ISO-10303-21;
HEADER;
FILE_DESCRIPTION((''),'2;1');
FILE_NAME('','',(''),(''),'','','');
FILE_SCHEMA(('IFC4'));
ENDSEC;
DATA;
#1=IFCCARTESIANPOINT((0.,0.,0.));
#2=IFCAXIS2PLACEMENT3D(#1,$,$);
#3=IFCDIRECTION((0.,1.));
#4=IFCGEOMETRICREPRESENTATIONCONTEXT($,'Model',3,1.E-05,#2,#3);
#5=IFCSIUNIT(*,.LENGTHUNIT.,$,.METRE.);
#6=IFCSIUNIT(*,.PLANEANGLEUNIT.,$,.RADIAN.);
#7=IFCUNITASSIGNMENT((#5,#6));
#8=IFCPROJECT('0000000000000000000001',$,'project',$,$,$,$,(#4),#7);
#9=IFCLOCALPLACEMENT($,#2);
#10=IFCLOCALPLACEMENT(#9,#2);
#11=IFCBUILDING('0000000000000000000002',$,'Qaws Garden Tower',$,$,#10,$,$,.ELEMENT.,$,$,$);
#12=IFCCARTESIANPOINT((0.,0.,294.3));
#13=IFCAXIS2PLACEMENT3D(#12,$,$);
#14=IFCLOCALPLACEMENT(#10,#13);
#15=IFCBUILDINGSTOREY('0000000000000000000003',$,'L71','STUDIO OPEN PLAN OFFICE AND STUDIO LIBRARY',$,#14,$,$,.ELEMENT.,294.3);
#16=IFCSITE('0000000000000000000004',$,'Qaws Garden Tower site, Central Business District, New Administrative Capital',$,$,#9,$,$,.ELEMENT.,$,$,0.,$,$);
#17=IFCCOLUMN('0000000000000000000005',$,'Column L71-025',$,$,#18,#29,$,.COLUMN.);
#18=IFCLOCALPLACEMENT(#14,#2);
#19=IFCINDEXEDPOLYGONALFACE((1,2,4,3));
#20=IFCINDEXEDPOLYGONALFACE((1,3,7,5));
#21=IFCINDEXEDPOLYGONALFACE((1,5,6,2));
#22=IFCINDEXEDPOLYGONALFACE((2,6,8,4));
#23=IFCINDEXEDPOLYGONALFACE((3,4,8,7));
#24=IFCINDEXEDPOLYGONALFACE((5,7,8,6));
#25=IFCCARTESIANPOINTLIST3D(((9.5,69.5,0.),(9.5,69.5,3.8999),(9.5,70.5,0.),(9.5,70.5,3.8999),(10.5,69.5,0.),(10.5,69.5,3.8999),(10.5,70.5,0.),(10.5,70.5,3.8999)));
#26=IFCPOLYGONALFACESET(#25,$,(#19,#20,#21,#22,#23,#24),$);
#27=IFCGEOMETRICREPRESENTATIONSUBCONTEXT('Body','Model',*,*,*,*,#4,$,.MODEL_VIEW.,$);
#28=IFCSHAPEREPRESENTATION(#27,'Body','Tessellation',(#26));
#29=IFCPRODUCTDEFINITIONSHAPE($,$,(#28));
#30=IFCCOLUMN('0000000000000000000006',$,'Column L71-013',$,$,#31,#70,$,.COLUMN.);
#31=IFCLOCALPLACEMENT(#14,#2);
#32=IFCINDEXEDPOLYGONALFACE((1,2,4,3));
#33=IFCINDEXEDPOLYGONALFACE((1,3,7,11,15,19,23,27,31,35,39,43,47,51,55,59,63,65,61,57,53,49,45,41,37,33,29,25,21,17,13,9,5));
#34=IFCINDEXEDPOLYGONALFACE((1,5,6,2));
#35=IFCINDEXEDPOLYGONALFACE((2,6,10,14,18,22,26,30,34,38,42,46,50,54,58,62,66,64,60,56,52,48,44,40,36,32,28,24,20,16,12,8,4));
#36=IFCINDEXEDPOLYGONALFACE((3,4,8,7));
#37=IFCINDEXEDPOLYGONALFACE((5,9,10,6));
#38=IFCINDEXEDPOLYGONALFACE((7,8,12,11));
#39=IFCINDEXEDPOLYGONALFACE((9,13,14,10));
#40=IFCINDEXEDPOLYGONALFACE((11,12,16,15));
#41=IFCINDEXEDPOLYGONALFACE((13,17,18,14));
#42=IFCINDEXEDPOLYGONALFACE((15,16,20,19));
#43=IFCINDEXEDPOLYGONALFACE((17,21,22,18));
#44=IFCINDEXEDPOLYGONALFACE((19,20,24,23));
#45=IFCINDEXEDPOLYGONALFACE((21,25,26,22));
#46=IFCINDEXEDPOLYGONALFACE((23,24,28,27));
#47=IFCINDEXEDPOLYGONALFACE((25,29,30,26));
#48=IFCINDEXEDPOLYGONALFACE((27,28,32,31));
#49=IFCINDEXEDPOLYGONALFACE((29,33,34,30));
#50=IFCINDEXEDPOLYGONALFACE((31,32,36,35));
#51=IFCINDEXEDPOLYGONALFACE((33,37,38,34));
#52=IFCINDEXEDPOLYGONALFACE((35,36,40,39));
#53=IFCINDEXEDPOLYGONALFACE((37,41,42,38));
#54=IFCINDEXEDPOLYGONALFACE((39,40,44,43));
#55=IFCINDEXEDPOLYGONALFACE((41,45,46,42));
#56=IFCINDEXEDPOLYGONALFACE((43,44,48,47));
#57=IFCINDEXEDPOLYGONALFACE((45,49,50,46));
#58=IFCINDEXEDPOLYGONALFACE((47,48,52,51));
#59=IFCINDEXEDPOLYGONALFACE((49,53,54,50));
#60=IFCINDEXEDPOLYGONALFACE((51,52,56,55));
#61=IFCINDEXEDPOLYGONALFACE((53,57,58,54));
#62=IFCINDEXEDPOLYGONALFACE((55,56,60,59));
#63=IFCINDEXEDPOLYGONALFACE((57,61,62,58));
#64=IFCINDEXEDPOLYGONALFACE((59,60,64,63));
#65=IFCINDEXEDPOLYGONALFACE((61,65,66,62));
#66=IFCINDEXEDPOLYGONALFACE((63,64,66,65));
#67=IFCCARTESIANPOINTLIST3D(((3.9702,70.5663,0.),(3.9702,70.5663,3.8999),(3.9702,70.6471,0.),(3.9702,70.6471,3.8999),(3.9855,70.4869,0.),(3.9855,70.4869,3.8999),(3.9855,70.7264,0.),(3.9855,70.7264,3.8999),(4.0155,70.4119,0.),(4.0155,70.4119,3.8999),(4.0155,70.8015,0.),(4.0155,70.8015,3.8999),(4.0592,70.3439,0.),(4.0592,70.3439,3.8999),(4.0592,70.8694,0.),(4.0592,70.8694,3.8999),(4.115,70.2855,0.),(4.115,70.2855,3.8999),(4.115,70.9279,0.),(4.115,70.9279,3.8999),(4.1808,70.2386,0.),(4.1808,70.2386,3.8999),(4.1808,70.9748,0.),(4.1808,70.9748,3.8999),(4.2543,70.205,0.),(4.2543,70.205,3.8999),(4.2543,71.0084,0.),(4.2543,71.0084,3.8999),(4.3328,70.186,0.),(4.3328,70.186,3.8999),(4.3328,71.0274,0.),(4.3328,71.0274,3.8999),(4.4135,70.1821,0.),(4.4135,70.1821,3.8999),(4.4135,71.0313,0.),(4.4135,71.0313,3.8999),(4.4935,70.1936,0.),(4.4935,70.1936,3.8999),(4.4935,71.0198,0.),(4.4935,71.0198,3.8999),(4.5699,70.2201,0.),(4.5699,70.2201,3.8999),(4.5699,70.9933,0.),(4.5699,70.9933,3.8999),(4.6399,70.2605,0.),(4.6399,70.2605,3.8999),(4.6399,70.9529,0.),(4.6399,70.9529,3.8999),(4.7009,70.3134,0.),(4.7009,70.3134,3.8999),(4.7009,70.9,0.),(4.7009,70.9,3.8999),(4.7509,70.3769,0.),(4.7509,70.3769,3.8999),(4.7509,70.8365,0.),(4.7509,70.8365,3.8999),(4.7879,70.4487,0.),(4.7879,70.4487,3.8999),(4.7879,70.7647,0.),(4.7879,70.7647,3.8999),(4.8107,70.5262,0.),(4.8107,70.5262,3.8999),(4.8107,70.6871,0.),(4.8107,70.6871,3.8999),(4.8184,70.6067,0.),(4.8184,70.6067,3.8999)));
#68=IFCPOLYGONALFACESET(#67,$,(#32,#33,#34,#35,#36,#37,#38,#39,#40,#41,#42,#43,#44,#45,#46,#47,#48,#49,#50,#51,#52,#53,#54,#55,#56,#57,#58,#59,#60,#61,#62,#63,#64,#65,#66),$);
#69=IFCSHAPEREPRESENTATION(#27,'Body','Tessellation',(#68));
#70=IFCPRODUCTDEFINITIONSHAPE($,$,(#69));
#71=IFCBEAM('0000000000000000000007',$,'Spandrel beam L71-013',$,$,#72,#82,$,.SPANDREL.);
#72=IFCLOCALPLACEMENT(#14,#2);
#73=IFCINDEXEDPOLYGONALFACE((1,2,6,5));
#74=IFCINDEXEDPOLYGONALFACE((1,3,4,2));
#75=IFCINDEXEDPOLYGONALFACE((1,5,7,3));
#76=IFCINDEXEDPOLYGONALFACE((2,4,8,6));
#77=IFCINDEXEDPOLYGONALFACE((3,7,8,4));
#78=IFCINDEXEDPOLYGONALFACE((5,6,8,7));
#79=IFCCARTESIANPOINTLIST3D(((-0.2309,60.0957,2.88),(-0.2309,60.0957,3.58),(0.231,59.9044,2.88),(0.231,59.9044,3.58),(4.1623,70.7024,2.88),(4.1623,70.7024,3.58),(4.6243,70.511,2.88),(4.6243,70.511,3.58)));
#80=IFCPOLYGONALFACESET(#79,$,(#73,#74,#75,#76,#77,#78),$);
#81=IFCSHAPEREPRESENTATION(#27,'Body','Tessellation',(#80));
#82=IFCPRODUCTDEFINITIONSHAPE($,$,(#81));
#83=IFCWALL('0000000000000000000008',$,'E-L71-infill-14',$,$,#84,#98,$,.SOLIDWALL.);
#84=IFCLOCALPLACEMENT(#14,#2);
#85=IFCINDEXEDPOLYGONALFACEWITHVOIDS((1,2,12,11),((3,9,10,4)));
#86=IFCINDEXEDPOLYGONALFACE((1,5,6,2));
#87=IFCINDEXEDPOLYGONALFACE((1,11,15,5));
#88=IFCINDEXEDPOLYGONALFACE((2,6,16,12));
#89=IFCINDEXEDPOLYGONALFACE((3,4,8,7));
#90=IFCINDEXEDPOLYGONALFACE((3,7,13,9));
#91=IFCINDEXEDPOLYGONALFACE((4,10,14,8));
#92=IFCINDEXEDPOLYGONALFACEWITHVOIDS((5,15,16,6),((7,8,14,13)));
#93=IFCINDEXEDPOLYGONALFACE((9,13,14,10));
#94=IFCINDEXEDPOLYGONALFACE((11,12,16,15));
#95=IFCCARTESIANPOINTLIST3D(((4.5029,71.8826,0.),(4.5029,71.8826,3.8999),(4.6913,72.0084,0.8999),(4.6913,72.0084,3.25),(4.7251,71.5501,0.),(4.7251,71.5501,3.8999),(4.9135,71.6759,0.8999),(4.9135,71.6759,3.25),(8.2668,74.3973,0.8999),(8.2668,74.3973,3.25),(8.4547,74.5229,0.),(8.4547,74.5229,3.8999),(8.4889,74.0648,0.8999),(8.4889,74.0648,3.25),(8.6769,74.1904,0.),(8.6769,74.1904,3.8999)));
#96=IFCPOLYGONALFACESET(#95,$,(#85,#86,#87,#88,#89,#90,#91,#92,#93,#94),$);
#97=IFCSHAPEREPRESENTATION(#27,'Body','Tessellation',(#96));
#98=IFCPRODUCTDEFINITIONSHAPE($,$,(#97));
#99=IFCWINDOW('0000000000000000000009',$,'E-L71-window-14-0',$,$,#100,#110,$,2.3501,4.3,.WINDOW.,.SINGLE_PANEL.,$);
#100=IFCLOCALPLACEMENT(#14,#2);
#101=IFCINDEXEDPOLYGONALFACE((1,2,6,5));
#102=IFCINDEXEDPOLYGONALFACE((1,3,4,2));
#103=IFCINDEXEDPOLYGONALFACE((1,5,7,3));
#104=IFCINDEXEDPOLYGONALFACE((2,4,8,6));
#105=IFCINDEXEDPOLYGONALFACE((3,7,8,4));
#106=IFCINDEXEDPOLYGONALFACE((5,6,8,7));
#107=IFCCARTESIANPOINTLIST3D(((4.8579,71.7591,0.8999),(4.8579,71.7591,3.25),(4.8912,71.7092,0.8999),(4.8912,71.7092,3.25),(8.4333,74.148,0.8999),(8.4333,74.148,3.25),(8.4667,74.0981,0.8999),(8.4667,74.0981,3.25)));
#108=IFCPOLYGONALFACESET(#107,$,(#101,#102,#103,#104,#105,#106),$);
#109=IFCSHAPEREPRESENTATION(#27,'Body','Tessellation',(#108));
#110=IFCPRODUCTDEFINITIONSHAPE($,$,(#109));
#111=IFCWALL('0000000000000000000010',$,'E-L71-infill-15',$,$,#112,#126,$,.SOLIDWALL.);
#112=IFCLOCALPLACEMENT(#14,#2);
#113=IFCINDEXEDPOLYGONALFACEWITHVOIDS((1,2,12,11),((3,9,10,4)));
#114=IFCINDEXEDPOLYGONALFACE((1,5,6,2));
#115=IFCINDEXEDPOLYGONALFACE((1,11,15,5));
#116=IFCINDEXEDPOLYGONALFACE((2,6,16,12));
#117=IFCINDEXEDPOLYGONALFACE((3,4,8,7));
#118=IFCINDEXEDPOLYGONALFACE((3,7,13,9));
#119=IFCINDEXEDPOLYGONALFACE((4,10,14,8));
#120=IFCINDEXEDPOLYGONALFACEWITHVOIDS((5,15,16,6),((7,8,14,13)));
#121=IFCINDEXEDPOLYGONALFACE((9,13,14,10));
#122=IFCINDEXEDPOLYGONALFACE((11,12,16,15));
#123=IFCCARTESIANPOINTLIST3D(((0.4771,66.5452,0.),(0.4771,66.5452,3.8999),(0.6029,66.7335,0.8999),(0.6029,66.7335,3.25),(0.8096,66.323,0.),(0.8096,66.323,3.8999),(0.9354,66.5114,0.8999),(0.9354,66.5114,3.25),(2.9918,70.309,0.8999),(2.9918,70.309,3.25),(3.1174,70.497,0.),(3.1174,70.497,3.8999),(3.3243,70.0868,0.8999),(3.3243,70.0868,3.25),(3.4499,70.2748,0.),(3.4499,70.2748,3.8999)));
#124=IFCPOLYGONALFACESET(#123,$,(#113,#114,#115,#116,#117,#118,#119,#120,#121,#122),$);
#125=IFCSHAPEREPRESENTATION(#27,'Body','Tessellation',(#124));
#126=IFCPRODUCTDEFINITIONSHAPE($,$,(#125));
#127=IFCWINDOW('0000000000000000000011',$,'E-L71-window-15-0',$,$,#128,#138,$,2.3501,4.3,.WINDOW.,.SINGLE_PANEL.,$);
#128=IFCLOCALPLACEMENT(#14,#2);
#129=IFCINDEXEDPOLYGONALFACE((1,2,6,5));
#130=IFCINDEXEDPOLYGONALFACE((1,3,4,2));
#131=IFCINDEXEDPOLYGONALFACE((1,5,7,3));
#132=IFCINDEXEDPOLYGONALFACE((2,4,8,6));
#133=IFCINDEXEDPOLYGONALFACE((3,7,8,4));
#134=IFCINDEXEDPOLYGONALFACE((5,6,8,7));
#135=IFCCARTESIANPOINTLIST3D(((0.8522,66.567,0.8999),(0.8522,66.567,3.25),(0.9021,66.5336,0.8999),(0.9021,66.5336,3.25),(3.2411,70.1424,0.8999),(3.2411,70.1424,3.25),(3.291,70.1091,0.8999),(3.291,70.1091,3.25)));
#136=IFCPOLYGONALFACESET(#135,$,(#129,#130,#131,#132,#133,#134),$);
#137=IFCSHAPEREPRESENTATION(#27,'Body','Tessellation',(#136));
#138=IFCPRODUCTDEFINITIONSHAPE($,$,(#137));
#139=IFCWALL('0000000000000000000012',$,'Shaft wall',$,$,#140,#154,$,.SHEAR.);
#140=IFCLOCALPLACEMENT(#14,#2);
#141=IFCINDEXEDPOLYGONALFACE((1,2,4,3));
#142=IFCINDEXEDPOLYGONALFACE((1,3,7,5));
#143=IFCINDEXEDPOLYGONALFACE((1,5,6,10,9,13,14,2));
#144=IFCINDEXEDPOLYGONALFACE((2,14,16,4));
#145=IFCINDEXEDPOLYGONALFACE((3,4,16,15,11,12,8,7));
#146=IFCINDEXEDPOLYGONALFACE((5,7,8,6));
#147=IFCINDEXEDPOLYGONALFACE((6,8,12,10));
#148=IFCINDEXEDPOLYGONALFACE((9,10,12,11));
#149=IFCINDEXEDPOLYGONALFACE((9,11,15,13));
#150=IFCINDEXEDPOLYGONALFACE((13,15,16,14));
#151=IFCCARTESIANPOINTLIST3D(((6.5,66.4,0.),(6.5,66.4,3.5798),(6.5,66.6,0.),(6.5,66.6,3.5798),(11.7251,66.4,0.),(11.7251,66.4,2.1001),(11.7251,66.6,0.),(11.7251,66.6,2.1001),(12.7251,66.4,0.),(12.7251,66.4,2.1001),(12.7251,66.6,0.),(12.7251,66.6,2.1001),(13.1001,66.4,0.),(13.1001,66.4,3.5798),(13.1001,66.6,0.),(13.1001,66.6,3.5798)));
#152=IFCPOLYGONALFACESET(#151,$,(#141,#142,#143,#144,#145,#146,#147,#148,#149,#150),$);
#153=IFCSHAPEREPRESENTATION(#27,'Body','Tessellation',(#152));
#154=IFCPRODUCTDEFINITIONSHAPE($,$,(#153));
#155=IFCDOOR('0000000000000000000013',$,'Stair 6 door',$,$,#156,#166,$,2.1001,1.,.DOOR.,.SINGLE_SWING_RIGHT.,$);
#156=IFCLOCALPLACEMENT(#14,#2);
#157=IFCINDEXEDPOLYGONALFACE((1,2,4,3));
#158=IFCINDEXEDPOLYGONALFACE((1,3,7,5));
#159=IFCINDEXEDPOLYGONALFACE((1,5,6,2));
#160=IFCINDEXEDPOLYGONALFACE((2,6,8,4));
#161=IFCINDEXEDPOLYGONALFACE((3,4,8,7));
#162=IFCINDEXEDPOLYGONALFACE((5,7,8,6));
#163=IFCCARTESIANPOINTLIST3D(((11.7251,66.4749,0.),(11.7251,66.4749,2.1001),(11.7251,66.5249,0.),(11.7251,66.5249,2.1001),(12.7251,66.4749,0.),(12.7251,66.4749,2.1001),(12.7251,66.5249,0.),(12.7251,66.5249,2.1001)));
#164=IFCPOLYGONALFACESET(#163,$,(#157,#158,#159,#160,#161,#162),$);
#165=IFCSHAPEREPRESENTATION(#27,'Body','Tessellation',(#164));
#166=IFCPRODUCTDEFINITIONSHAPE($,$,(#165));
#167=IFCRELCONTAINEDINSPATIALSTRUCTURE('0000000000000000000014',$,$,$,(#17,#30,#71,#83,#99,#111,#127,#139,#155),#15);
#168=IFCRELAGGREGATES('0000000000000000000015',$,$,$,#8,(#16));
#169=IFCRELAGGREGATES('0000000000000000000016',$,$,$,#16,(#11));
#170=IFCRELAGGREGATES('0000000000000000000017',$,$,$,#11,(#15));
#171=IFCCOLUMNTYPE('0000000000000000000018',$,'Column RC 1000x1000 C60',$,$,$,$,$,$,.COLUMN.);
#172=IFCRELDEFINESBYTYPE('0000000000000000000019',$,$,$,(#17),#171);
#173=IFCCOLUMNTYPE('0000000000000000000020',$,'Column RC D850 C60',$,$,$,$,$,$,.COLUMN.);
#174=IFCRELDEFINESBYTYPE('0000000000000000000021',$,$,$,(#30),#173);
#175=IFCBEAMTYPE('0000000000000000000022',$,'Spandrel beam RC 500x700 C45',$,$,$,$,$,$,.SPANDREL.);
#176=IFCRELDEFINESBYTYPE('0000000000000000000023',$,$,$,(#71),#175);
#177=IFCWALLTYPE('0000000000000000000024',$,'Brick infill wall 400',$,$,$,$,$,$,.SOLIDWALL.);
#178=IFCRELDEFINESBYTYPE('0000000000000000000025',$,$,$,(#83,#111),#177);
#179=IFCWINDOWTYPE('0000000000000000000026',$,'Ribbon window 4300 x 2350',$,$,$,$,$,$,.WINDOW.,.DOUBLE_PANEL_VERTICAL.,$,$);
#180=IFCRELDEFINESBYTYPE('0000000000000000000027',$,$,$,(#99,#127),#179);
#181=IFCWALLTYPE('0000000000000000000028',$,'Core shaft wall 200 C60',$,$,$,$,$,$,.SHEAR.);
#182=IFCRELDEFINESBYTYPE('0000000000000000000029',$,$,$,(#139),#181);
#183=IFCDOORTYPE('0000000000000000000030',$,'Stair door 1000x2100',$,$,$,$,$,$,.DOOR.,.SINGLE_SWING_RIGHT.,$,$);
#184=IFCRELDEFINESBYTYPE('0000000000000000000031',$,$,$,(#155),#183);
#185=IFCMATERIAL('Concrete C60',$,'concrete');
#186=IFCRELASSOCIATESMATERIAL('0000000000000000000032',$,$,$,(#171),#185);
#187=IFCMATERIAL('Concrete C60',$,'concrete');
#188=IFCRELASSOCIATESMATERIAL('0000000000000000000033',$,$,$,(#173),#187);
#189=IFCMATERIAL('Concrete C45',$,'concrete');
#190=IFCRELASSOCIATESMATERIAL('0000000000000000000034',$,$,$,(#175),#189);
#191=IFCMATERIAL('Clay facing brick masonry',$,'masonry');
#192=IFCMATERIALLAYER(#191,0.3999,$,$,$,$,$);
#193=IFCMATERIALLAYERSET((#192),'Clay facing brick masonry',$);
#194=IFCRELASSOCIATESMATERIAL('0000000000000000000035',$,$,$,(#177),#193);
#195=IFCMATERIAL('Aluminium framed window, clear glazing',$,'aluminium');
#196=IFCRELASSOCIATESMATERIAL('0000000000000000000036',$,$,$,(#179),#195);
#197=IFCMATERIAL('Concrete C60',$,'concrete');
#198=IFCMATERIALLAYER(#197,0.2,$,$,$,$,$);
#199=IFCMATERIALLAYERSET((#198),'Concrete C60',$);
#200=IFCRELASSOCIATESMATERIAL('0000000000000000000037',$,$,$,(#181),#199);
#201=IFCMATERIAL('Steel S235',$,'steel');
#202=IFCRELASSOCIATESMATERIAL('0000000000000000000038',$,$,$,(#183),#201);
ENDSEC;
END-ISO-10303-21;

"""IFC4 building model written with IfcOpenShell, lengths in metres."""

from ifc_helpers import new_model, si_unit, direction, frame, frame_2d, origin, origin_2d, place, context, subcontext, project, spatial, rectangle, circle, extrude, material, layer, layer_set, material_profile, profile_set, type_object, element, fill, save


model = new_model("IFC4")

# Units and contexts
model_context = context("Model", 3, precision=1e-05, world=origin(), true_north=direction((0.0, 1.0)))
body_context = subcontext(model_context, "Body", "Model", "MODEL_VIEW")
ifc_project = project(units=[si_unit("LENGTHUNIT", "METRE"), si_unit("PLANEANGLEUNIT", "RADIAN")], contexts=[model_context])

# Site, building, storey
site_placement = place(None, origin())
site = spatial("IfcSite", under=ifc_project, at=site_placement, Name="Qaws Garden Tower site, Central Business District, New Administrative Capital", CompositionType="ELEMENT", RefElevation=0.0)
building_placement = place(site_placement, origin())
building = spatial("IfcBuilding", under=site, at=building_placement, Name="Qaws Garden Tower", CompositionType="ELEMENT")
storey_placement = place(building_placement, frame((0.0, 0.0, 294.3)))
storey = spatial("IfcBuildingStorey", under=building, at=storey_placement, Name="L71", Description="STUDIO OPEN PLAN OFFICE AND STUDIO LIBRARY", CompositionType="ELEMENT", Elevation=294.3)

# Columns
ifc_material_1 = material(Name="Concrete C60", Category="concrete")
ifc_material_profile_1 = material_profile(ifc_material_1, rectangle(XDim=1.0, YDim=1.0, at=origin_2d()), Name="RC 1000x1000")
ifc_profile_set_1 = profile_set([ifc_material_profile_1], Name="Concrete C60")
column_type_1 = type_object("IfcColumnType", Name="Column RC 1000x1000 C60", PredefinedType="COLUMN", material=ifc_profile_set_1)
column_1_placement = place(storey_placement, frame((10.0, 70.0, 0.0), z_axis=(0.0, 0.0, 1.0), x_axis=(1.0, 0.0, 0.0)))
element("IfcColumn", 1, at=column_1_placement, inside=storey, type_object=column_type_1, Name="Column L71-025", PredefinedType="COLUMN", context=body_context, shape_type="SweptSolid", body=[
    extrude(rectangle(XDim=1.0, YDim=1.0, at=origin_2d()), origin(), (0.0, 0.0, 1.0), 3.8999),
])
ifc_material_2 = material(Name="Concrete C60", Category="concrete")
ifc_material_profile_2 = material_profile(ifc_material_2, circle(Radius=0.425, at=origin_2d()), Name="RC D850")
ifc_profile_set_2 = profile_set([ifc_material_profile_2], Name="Concrete C60")
column_type_2 = type_object("IfcColumnType", Name="Column RC D850 C60", PredefinedType="COLUMN", material=ifc_profile_set_2)
column_2_placement = place(storey_placement, frame((4.3933, 70.6067, 0.0), z_axis=(0.0, 0.0, 1.0), x_axis=(1.0, 0.0, 0.0)))
element("IfcColumn", 2, at=column_2_placement, inside=storey, type_object=column_type_2, Name="Column L71-013", PredefinedType="COLUMN", context=body_context, shape_type="SweptSolid", body=[
    extrude(circle(Radius=0.425, at=origin_2d()), origin(), (0.0, 0.0, 1.0), 3.8999),
])

# Beam
ifc_material_3 = material(Name="Concrete C45", Category="concrete")
ifc_material_profile_3 = material_profile(ifc_material_3, rectangle(XDim=0.5, YDim=0.7, at=origin_2d()), Name="RC 500x700")
ifc_profile_set_3 = profile_set([ifc_material_profile_3], Name="Concrete C45")
beam_type = type_object("IfcBeamType", Name="Spandrel beam RC 500x700 C45", PredefinedType="SPANDREL", material=ifc_profile_set_3)
beam_placement = place(storey_placement, frame((4.3933, 70.6067, 3.23), z_axis=(-0.382674, -0.923883, 0.0), x_axis=(0.923883, -0.382674, 0.0)))
element("IfcBeam", 3, at=beam_placement, inside=storey, type_object=beam_type, Name="Spandrel beam L71-013", PredefinedType="SPANDREL", context=body_context, shape_type="SweptSolid", body=[
    extrude(rectangle(XDim=0.5, YDim=0.7, at=origin_2d()), origin(), (0.0, 0.0, 1.0), 11.4805),
])

# Walls, openings, windows
ifc_material_4 = material(Name="Clay facing brick masonry", Category="masonry")
ifc_layer_1 = layer(ifc_material_4, 0.3999)
ifc_layer_set_1 = layer_set([ifc_layer_1], Name="Clay facing brick masonry")
wall_type_1 = type_object("IfcWallType", Name="Brick infill wall 400", PredefinedType="SOLIDWALL", material=ifc_layer_set_1)
wall_1_placement = place(storey_placement, frame((8.5659, 74.3567, 0.0), z_axis=(0.0, 0.0, 1.0), x_axis=(-0.831489, -0.555542, 0.0)))
wall_1 = element("IfcWall", 4, at=wall_1_placement, inside=storey, type_object=wall_type_1, Name="E-L71-infill-14", PredefinedType="SOLIDWALL", context=body_context, shape_type="SweptSolid", body=[
    extrude(rectangle(XDim=4.7527, YDim=0.3999, at=frame_2d((2.3765, 0.0))), origin(), (0.0, 0.0, 1.0), 3.8999),
])
opening_1_placement = place(wall_1_placement, frame((0.2263, 0.0, 0.8999)))
opening_1 = element("IfcOpeningElement", 5, at=opening_1_placement, cuts=wall_1, PredefinedType="OPENING", context=body_context, shape_type="SweptSolid", body=[
    extrude(rectangle(XDim=4.3, YDim=2.3501, at=frame_2d((2.1499, 1.175))), frame((0.0, 0.21, 0.0), z_axis=(0.0, -1.0, 0.0), x_axis=(1.0, 0.0, 0.0)), (0.0, 0.0, 1.0), 0.4199),
])
ifc_material_5 = material(Name="Aluminium framed window, clear glazing", Category="aluminium")
window_type = type_object("IfcWindowType", Name="Ribbon window 4300 x 2350", PartitioningType="DOUBLE_PANEL_VERTICAL", PredefinedType="WINDOW", material=ifc_material_5)
window_1_placement = place(opening_1_placement, origin())
window_1 = element("IfcWindow", 6, at=window_1_placement, inside=storey, type_object=window_type, Name="E-L71-window-14-0", OverallHeight=2.3501, OverallWidth=4.3, PartitioningType="SINGLE_PANEL", PredefinedType="WINDOW", context=body_context, shape_type="SweptSolid", body=[
    extrude(rectangle(XDim=4.3, YDim=2.3501, at=frame_2d((2.1499, 1.175))), frame((0.0, 0.1599, 0.0), z_axis=(0.0, -1.0, 0.0), x_axis=(1.0, 0.0, 0.0)), (0.0, 0.0, 1.0), 0.0601),
])
fill(opening_1, window_1)
wall_2_placement = place(storey_placement, frame((3.2837, 70.386, 0.0), z_axis=(0.0, 0.0, 1.0), x_axis=(-0.555542, -0.831489, 0.0)))
wall_2 = element("IfcWall", 7, at=wall_2_placement, inside=storey, type_object=wall_type_1, Name="E-L71-infill-15", PredefinedType="SOLIDWALL", context=body_context, shape_type="SweptSolid", body=[
    extrude(rectangle(XDim=4.7527, YDim=0.3999, at=frame_2d((2.3765, 0.0))), origin(), (0.0, 0.0, 1.0), 3.8999),
])
opening_2_placement = place(wall_2_placement, frame((0.2263, 0.0, 0.8999)))
opening_2 = element("IfcOpeningElement", 8, at=opening_2_placement, cuts=wall_2, PredefinedType="OPENING", context=body_context, shape_type="SweptSolid", body=[
    extrude(rectangle(XDim=4.3, YDim=2.3501, at=frame_2d((2.1499, 1.175))), frame((0.0, 0.21, 0.0), z_axis=(0.0, -1.0, 0.0), x_axis=(1.0, 0.0, 0.0)), (0.0, 0.0, 1.0), 0.4199),
])
window_2_placement = place(opening_2_placement, origin())
window_2 = element("IfcWindow", 9, at=window_2_placement, inside=storey, type_object=window_type, Name="E-L71-window-15-0", OverallHeight=2.3501, OverallWidth=4.3, PartitioningType="SINGLE_PANEL", PredefinedType="WINDOW", context=body_context, shape_type="SweptSolid", body=[
    extrude(rectangle(XDim=4.3, YDim=2.3501, at=frame_2d((2.1499, 1.175))), frame((0.0, 0.1599, 0.0), z_axis=(0.0, -1.0, 0.0), x_axis=(1.0, 0.0, 0.0)), (0.0, 0.0, 1.0), 0.0601),
])
fill(opening_2, window_2)

# Wall, opening, door
ifc_material_6 = material(Name="Concrete C60", Category="concrete")
ifc_layer_2 = layer(ifc_material_6, 0.2)
ifc_layer_set_2 = layer_set([ifc_layer_2], Name="Concrete C60")
wall_type_2 = type_object("IfcWallType", Name="Core shaft wall 200 C60", PredefinedType="SHEAR", material=ifc_layer_set_2)
wall_3_placement = place(storey_placement, frame((6.5, 66.5, 0.0), z_axis=(0.0, 0.0, 1.0), x_axis=(1.0, 0.0, 0.0)))
wall_3 = element("IfcWall", 10, at=wall_3_placement, inside=storey, type_object=wall_type_2, Name="Shaft wall", PredefinedType="SHEAR", context=body_context, shape_type="SweptSolid", body=[
    extrude(rectangle(XDim=6.6001, YDim=0.2, at=frame_2d((3.3, 0.0))), origin(), (0.0, 0.0, 1.0), 3.5798),
])
opening_3_placement = place(wall_3_placement, frame((5.2251, 0.0, 0.0)))
opening_3 = element("IfcOpeningElement", 11, at=opening_3_placement, cuts=wall_3, PredefinedType="OPENING", context=body_context, shape_type="SweptSolid", body=[
    extrude(rectangle(XDim=1.0, YDim=2.1001, at=frame_2d((0.5, 1.05))), frame((0.0, 0.1099, 0.0), z_axis=(0.0, -1.0, 0.0), x_axis=(1.0, 0.0, 0.0)), (0.0, 0.0, 1.0), 0.22),
])
ifc_material_7 = material(Name="Steel S235", Category="steel")
door_type = type_object("IfcDoorType", Name="Stair door 1000x2100", OperationType="SINGLE_SWING_RIGHT", PredefinedType="DOOR", material=ifc_material_7)
door_1_placement = place(opening_3_placement, origin())
door_1 = element("IfcDoor", 12, at=door_1_placement, inside=storey, type_object=door_type, Name="Stair 6 door", OperationType="SINGLE_SWING_RIGHT", OverallHeight=2.1001, OverallWidth=1.0, PredefinedType="DOOR", context=body_context, shape_type="SweptSolid", body=[
    extrude(rectangle(XDim=1.0, YDim=2.1001, at=frame_2d((0.5, 1.05))), frame((0.0, 0.0249, 0.0), z_axis=(0.0, -1.0, 0.0), x_axis=(1.0, 0.0, 0.0)), (0.0, 0.0, 1.0), 0.05),
])
fill(opening_3, door_1)

save(model, "model.ifc")
